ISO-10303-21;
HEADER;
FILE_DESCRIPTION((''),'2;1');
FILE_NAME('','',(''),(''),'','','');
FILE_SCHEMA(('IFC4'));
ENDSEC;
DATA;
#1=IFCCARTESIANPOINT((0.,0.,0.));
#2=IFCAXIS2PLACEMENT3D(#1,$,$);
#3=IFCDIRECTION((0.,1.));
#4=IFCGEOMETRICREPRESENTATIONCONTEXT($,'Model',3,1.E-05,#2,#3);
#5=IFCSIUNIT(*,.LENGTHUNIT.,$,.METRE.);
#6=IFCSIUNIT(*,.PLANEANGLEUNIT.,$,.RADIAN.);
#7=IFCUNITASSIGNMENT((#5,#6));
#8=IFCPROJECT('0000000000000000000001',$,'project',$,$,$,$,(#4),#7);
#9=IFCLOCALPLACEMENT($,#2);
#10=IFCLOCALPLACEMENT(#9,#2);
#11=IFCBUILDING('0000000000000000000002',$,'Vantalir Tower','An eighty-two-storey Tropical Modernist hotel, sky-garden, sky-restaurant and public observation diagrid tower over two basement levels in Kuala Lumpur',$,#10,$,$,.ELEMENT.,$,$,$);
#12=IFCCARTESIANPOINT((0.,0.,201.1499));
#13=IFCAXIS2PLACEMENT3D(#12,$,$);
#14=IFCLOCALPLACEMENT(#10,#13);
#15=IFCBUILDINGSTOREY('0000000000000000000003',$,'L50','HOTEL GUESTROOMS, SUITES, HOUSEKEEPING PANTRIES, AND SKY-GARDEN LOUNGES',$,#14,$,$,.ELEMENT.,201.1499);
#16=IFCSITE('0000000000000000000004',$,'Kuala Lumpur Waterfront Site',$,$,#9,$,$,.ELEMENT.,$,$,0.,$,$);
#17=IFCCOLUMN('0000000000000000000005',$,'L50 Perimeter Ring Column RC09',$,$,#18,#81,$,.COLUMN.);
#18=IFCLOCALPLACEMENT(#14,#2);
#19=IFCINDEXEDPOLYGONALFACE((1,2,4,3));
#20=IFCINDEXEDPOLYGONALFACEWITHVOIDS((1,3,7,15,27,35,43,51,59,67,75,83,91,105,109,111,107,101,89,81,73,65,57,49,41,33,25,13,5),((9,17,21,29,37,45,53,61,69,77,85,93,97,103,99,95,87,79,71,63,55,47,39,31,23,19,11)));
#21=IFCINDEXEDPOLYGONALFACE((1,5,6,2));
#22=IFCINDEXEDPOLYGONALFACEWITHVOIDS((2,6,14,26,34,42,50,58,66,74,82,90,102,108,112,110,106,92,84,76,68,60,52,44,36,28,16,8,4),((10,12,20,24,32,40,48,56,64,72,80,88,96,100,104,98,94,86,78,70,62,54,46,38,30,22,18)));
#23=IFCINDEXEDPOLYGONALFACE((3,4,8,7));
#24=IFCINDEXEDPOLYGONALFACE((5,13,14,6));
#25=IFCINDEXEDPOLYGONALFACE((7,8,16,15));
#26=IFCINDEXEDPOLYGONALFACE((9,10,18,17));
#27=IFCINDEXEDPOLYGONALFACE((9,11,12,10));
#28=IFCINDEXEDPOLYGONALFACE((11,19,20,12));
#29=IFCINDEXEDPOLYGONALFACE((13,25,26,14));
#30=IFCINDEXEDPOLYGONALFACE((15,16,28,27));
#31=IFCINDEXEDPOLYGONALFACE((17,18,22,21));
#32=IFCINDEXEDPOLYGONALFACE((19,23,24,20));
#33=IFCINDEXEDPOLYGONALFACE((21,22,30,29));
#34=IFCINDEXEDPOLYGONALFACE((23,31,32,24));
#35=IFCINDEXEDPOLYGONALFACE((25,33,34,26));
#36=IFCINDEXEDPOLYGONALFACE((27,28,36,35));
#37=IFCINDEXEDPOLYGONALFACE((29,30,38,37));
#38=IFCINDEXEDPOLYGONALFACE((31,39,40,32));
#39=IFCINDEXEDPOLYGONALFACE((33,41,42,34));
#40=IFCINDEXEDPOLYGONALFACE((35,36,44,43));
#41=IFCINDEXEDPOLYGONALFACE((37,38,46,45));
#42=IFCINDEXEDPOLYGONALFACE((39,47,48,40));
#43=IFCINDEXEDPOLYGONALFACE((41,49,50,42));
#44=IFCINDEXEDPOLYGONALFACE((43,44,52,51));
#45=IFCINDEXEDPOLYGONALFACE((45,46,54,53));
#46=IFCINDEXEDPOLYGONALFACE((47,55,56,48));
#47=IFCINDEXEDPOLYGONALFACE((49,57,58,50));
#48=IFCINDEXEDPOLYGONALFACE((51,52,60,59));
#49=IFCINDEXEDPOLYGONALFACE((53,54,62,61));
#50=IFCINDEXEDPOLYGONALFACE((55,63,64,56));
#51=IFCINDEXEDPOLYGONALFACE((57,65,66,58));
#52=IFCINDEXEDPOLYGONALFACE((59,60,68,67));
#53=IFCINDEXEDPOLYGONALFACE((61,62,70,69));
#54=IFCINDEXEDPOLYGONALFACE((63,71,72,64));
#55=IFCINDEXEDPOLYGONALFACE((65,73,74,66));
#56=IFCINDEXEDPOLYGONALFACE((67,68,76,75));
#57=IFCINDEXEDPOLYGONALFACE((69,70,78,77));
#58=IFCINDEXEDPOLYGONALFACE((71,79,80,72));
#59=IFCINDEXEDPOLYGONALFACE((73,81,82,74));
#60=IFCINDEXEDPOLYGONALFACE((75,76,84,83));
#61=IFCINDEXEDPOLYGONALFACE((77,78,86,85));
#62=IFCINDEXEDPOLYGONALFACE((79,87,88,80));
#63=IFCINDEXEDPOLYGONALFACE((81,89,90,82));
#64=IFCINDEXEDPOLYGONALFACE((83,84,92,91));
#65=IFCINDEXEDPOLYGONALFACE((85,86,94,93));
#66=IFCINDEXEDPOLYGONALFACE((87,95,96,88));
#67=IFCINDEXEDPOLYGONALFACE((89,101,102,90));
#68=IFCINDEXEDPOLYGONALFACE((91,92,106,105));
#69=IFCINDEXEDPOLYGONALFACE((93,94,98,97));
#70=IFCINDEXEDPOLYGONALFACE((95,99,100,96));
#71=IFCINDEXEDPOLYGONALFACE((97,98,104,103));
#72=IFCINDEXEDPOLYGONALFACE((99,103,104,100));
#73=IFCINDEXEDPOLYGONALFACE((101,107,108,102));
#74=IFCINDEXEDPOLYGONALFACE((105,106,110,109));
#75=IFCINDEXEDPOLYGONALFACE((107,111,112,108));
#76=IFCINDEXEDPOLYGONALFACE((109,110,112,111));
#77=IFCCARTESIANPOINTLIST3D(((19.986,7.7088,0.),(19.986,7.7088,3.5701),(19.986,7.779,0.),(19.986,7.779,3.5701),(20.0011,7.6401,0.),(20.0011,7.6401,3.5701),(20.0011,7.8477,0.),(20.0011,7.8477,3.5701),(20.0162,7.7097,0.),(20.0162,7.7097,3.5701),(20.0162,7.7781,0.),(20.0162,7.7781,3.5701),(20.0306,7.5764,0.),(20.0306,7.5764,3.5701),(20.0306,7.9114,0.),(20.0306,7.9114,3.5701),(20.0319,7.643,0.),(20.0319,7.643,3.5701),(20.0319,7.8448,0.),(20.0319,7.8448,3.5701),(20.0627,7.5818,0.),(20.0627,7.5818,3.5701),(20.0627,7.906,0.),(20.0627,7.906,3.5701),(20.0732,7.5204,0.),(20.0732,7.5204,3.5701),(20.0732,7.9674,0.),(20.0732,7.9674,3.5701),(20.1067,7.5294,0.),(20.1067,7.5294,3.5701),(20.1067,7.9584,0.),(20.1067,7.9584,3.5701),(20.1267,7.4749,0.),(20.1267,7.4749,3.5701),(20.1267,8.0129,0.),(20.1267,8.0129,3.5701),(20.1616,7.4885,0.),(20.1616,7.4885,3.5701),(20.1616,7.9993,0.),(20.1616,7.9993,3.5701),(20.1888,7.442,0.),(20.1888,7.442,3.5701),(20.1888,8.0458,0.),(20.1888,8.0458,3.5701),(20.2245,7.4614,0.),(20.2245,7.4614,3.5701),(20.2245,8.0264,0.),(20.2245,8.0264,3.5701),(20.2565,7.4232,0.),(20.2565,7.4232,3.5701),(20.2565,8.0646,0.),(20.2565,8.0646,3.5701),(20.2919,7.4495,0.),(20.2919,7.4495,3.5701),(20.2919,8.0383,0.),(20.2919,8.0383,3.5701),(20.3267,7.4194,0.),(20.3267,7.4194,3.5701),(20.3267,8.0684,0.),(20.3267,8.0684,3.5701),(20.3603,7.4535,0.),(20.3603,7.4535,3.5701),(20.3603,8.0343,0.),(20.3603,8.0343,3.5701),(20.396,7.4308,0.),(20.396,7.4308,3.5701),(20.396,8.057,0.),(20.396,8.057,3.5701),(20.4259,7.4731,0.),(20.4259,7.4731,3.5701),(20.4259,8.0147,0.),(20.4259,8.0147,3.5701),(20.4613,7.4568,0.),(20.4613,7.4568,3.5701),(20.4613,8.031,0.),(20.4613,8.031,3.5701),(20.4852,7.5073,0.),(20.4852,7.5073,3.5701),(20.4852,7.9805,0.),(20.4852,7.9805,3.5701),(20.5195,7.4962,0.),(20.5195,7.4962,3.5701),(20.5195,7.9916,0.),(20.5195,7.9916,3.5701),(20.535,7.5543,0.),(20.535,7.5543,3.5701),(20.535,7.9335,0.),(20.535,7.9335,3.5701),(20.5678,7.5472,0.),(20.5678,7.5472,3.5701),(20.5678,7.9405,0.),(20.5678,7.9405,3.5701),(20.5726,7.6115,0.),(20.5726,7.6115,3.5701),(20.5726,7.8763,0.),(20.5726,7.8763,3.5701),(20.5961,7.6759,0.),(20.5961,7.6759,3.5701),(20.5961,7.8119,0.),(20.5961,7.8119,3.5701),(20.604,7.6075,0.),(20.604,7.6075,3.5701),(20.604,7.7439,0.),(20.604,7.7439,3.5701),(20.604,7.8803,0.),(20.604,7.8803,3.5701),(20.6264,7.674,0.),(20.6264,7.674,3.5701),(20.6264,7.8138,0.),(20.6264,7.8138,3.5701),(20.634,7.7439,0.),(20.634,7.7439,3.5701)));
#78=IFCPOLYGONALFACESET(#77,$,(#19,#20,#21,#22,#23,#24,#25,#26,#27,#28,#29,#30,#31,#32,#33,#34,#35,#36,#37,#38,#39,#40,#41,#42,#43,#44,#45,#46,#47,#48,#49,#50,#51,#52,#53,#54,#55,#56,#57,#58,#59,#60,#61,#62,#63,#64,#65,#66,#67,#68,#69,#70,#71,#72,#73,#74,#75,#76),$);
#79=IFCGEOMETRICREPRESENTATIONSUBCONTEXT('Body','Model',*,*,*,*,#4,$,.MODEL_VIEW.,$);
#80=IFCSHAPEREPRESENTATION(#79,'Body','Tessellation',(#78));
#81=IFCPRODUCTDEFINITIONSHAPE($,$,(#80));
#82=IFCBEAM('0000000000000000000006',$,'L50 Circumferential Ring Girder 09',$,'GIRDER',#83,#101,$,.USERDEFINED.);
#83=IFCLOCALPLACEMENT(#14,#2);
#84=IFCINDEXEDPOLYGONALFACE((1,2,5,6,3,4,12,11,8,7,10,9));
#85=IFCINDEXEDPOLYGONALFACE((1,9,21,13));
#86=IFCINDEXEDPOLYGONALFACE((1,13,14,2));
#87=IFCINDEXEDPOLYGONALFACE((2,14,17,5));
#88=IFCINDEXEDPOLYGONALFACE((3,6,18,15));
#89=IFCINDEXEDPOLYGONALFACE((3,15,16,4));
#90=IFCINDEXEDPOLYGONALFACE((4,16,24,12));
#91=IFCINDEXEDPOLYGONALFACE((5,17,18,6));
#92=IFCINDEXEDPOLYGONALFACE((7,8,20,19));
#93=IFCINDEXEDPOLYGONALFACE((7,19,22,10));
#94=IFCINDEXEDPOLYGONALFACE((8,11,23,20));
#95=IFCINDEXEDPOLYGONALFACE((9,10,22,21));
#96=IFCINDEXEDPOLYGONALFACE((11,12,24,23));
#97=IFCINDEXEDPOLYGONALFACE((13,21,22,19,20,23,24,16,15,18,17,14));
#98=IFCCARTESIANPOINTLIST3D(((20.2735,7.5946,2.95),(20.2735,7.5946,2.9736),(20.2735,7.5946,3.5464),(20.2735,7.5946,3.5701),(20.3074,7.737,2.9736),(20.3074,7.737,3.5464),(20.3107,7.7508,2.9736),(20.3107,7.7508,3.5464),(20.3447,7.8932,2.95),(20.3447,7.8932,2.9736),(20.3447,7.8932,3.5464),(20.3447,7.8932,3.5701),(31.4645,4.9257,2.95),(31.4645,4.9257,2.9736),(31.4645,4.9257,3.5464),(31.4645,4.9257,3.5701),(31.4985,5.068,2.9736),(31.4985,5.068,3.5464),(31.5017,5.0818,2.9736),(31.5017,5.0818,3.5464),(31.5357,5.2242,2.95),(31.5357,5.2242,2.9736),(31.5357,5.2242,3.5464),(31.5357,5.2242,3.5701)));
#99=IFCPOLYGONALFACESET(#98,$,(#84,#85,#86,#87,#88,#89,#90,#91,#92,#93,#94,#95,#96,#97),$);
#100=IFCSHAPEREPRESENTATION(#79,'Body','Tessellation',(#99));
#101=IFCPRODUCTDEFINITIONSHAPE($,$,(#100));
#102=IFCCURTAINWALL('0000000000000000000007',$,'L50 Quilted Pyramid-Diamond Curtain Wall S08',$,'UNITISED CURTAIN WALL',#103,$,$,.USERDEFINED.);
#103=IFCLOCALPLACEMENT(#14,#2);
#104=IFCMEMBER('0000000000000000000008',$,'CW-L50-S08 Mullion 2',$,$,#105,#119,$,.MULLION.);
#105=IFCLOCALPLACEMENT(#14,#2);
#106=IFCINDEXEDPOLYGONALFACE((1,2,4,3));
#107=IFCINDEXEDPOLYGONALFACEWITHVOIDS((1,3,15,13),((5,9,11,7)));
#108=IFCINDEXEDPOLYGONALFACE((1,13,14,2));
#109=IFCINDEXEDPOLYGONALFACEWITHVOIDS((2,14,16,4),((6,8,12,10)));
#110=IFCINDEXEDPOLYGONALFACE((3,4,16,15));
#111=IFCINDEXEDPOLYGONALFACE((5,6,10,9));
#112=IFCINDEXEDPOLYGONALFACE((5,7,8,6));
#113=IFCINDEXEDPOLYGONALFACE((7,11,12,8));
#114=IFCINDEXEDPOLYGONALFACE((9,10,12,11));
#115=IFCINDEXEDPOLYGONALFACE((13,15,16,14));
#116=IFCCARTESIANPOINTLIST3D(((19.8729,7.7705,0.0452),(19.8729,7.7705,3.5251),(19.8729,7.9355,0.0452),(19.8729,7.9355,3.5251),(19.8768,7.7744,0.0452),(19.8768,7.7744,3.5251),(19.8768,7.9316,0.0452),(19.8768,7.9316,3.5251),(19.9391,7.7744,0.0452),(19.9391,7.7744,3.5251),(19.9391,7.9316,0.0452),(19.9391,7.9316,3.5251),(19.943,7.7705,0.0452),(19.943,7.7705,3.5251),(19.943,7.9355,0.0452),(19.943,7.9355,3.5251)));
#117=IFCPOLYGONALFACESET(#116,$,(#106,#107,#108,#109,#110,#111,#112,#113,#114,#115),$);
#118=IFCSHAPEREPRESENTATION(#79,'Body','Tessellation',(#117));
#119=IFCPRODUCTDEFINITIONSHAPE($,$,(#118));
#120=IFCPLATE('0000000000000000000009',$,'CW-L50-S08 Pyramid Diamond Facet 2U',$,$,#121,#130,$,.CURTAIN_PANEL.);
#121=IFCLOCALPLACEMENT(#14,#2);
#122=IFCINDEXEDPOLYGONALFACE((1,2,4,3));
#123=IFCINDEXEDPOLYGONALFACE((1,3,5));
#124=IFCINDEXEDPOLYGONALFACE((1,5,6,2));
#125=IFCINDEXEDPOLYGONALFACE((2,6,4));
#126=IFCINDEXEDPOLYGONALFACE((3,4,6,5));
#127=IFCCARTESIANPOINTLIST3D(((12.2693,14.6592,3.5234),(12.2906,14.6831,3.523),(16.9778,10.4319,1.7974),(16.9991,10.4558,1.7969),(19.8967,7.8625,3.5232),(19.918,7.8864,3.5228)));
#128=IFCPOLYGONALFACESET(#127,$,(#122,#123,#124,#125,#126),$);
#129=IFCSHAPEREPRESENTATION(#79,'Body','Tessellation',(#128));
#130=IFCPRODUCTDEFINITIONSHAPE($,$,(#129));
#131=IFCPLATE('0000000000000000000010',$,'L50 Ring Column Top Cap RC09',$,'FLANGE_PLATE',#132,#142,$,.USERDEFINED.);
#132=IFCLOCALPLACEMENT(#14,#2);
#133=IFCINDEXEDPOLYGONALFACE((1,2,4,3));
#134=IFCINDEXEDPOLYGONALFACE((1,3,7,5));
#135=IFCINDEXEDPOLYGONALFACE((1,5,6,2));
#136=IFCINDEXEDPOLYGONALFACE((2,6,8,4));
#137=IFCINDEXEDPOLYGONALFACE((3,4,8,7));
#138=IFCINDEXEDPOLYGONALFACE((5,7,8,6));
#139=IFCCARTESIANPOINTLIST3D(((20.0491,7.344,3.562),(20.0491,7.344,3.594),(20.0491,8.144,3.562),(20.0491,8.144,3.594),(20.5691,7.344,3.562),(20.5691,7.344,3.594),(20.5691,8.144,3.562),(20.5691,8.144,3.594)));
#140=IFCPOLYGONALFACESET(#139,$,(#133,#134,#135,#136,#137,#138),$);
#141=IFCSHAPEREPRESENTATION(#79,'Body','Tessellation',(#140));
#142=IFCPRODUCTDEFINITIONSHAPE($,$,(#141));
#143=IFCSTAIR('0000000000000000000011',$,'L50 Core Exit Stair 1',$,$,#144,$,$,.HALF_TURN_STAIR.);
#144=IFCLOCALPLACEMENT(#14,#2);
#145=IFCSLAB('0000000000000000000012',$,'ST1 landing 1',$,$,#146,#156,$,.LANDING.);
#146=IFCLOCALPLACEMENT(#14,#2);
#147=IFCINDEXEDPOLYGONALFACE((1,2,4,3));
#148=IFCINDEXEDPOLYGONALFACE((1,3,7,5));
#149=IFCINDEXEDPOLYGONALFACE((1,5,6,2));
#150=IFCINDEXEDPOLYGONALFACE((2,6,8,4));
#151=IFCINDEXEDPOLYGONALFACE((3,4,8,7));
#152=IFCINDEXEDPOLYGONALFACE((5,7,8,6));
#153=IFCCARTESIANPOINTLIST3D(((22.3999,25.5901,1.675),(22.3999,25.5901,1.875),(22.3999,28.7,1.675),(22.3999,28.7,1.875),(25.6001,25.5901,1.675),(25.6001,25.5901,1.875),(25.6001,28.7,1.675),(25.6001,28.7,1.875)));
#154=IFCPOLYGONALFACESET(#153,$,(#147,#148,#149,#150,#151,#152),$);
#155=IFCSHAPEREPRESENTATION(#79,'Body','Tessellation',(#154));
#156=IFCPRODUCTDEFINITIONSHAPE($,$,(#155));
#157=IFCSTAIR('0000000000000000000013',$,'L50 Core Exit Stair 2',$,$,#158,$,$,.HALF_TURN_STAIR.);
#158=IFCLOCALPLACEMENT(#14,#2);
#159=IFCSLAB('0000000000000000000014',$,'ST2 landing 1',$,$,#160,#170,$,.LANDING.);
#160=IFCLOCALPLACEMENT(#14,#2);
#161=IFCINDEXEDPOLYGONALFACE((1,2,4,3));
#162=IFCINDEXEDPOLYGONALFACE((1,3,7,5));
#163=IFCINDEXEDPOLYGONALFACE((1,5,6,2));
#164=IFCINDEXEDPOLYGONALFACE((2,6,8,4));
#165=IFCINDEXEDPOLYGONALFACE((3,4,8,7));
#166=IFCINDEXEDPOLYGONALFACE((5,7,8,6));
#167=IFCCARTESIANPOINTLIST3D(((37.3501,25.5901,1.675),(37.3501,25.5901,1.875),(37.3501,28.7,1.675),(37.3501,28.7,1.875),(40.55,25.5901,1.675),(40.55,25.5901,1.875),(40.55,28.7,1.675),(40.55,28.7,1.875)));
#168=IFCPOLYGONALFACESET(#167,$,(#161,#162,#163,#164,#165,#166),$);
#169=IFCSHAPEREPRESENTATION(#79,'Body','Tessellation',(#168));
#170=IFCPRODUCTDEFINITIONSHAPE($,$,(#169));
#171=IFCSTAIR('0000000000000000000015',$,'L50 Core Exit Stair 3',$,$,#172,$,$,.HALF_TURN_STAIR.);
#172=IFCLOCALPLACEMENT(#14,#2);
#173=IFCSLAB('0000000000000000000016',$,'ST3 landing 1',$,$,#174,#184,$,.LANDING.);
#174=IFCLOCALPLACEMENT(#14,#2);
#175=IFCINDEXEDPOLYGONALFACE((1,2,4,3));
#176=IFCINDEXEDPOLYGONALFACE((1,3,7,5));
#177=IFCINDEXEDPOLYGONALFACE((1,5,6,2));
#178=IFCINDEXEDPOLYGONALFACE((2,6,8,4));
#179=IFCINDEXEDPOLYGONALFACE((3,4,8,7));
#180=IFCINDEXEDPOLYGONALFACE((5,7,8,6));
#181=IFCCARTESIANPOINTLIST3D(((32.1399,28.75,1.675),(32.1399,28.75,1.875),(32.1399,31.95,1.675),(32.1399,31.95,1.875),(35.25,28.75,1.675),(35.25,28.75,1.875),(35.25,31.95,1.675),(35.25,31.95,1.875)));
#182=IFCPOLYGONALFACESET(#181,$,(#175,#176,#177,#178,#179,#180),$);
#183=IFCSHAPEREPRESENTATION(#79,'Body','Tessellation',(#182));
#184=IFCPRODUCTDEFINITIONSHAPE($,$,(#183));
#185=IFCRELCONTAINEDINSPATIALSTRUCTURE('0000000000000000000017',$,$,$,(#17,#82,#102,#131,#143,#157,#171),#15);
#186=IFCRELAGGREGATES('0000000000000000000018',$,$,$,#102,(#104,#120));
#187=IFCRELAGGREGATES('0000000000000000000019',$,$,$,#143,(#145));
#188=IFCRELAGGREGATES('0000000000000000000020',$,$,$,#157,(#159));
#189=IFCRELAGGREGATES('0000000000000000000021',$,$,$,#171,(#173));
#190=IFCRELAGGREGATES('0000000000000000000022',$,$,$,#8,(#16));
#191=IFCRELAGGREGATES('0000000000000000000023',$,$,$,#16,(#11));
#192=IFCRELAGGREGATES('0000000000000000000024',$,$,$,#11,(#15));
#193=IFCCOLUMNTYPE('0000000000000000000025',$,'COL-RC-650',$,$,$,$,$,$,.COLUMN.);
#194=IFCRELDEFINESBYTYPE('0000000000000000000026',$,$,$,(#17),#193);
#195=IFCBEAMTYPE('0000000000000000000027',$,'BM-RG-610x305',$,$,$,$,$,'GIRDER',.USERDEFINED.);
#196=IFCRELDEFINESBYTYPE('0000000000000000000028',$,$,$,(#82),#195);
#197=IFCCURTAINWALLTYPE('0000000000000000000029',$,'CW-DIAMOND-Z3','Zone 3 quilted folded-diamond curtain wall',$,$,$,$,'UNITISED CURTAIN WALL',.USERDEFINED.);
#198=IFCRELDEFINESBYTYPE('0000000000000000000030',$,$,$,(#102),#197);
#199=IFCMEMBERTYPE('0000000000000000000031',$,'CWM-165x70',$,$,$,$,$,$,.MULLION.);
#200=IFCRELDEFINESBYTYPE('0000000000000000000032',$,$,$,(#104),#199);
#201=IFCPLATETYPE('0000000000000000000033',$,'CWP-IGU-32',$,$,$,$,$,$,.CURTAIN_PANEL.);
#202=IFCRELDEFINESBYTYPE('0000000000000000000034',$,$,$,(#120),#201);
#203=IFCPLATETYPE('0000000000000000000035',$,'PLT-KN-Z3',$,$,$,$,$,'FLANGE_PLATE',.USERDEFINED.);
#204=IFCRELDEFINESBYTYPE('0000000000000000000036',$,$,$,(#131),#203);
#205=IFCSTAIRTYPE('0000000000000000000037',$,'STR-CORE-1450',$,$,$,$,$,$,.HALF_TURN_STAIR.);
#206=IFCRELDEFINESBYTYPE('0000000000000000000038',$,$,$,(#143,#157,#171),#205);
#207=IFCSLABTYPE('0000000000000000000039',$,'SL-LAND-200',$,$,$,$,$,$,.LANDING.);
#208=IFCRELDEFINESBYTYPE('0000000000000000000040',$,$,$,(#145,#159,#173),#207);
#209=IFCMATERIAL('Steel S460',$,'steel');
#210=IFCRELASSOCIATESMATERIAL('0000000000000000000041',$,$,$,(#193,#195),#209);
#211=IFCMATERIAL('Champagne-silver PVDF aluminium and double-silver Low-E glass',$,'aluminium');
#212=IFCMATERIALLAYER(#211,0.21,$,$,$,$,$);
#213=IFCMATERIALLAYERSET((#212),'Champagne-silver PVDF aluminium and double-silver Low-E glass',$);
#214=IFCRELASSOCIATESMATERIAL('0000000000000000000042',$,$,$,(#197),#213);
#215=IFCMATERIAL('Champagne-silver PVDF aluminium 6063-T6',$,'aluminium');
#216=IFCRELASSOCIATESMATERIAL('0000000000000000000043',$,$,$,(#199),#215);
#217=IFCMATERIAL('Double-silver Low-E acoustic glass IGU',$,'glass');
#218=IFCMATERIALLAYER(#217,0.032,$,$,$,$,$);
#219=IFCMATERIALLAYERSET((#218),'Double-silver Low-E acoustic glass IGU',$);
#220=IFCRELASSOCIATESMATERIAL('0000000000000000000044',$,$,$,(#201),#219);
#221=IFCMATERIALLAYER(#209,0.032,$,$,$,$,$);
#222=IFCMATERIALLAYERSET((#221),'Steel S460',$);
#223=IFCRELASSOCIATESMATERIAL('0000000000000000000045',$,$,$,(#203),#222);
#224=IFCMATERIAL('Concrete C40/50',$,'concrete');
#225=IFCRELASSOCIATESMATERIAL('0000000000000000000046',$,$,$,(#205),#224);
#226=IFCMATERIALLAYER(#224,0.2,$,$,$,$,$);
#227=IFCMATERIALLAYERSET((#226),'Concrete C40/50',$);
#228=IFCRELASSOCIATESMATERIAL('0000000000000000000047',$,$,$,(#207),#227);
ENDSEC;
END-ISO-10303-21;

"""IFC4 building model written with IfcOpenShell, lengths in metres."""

from ifc_helpers import new_model, si_unit, direction, frame, origin, origin_2d, place, context, subcontext, project, spatial, polyline, hollow_rectangle, hollow_circle, i_section, outline, extrude, material, layer, layer_set, material_profile, profile_set, type_object, element, aggregate, save


model = new_model("IFC4")

# Units and contexts
model_context = context("Model", 3, precision=1e-05, world=origin(), true_north=direction((0.0, 1.0)))
body_context = subcontext(model_context, "Body", "Model", "MODEL_VIEW")
ifc_project = project(units=[si_unit("LENGTHUNIT", "METRE"), si_unit("PLANEANGLEUNIT", "RADIAN")], contexts=[model_context])

# Site, building, storey
site_placement = place(None, origin())
site = spatial("IfcSite", under=ifc_project, at=site_placement, Name="Kuala Lumpur Waterfront Site", CompositionType="ELEMENT", RefElevation=0.0)
building_placement = place(site_placement, origin())
building = spatial("IfcBuilding", under=site, at=building_placement, Name="Vantalir Tower", Description="An eighty-two-storey Tropical Modernist hotel, sky-garden, sky-restaurant and public observation diagrid tower over two basement levels in Kuala Lumpur", CompositionType="ELEMENT")
storey_placement = place(building_placement, frame((0.0, 0.0, 201.1499)))
storey = spatial("IfcBuildingStorey", under=building, at=storey_placement, Name="L50", Description="HOTEL GUESTROOMS, SUITES, HOUSEKEEPING PANTRIES, AND SKY-GARDEN LOUNGES", CompositionType="ELEMENT", Elevation=201.1499)

# Column
ifc_material_1 = material(Name="Steel S460", Category="steel")
ifc_material_profile_1 = material_profile(ifc_material_1, hollow_circle(Radius=0.325, WallThickness=0.03, at=origin_2d()), Name="Steel S460")
ifc_profile_set_1 = profile_set([ifc_material_profile_1], Name="Steel S460")
column_type = type_object("IfcColumnType", Name="COL-RC-650", PredefinedType="COLUMN", material=ifc_profile_set_1)
column_placement = place(storey_placement, frame((20.3091, 7.7439, 0.0), z_axis=(0.0, 0.0, 1.0), x_axis=(1.0, 0.0, 0.0)))
element("IfcColumn", 1, at=column_placement, inside=storey, type_object=column_type, Name="L50 Perimeter Ring Column RC09", PredefinedType="COLUMN", context=body_context, shape_type="SweptSolid", body=[
    extrude(hollow_circle(Radius=0.325, WallThickness=0.03, at=origin_2d()), origin(), (0.0, 0.0, 1.0), 3.5701),
])

# Beam
ifc_material_profile_2 = material_profile(ifc_material_1, i_section(OverallWidth=0.3069, OverallDepth=0.6201, WebThickness=0.0142, FlangeThickness=0.0237, at=origin_2d()), Name="Steel S460")
ifc_profile_set_2 = profile_set([ifc_material_profile_2], Name="Steel S460")
beam_type = type_object("IfcBeamType", Name="BM-RG-610x305", ElementType="GIRDER", PredefinedType="USERDEFINED", material=ifc_profile_set_2)
beam_placement = place(storey_placement, frame((20.3091, 7.7439, 3.26), z_axis=(0.972719, -0.231986, 0.0), x_axis=(0.231986, 0.972719, 0.0)))
element("IfcBeam", 2, at=beam_placement, inside=storey, type_object=beam_type, Name="L50 Circumferential Ring Girder 09", ObjectType="GIRDER", PredefinedType="USERDEFINED", context=body_context, shape_type="SweptSolid", body=[
    extrude(i_section(OverallWidth=0.3069, OverallDepth=0.6201, WebThickness=0.0142, FlangeThickness=0.0237, at=origin_2d()), origin(), (0.0, 0.0, 1.0), 11.5049),
])

# Curtain wall, member, plate
ifc_material_2 = material(Name="Champagne-silver PVDF aluminium and double-silver Low-E glass", Category="aluminium")
ifc_layer_1 = layer(ifc_material_2, 0.21)
ifc_layer_set_1 = layer_set([ifc_layer_1], Name="Champagne-silver PVDF aluminium and double-silver Low-E glass")
curtain_wall_type = type_object("IfcCurtainWallType", Name="CW-DIAMOND-Z3", Description="Zone 3 quilted folded-diamond curtain wall", ElementType="UNITISED CURTAIN WALL", PredefinedType="USERDEFINED", material=ifc_layer_set_1)
curtain_wall_placement = place(storey_placement, origin())
curtain_wall = element("IfcCurtainWall", 3, at=curtain_wall_placement, inside=storey, type_object=curtain_wall_type, Name="L50 Quilted Pyramid-Diamond Curtain Wall S08", ObjectType="UNITISED CURTAIN WALL", PredefinedType="USERDEFINED")
ifc_material_3 = material(Name="Champagne-silver PVDF aluminium 6063-T6", Category="aluminium")
ifc_material_profile_3 = material_profile(ifc_material_3, hollow_rectangle(XDim=0.0701, YDim=0.165, WallThickness=0.0039, at=origin_2d()), Name="Champagne-silver PVDF aluminium 6063-T6")
ifc_profile_set_3 = profile_set([ifc_material_profile_3], Name="Champagne-silver PVDF aluminium 6063-T6")
member_type = type_object("IfcMemberType", Name="CWM-165x70", PredefinedType="MULLION", material=ifc_profile_set_3)
member_placement = place(storey_placement, frame((19.908, 7.853, 0.0452), z_axis=(0.0, 0.0, 1.0), x_axis=(1.0, 0.0, 0.0)))
member = element("IfcMember", 4, at=member_placement, type_object=member_type, Name="CW-L50-S08 Mullion 2", PredefinedType="MULLION", context=body_context, shape_type="SweptSolid", body=[
    extrude(hollow_rectangle(XDim=0.0701, YDim=0.165, WallThickness=0.0039, at=origin_2d()), origin(), (0.0, 0.0, 1.0), 3.48),
])
ifc_material_4 = material(Name="Double-silver Low-E acoustic glass IGU", Category="glass")
ifc_layer_2 = layer(ifc_material_4, 0.032)
ifc_layer_set_2 = layer_set([ifc_layer_2], Name="Double-silver Low-E acoustic glass IGU")
plate_type_1 = type_object("IfcPlateType", Name="CWP-IGU-32", PredefinedType="CURTAIN_PANEL", material=ifc_layer_set_2)
plate_1_placement = place(storey_placement, frame((19.8967, 7.8625, 3.5232), z_axis=(-0.665213, -0.746528, 0.013697), x_axis=(-0.746598, 0.665276, 0.000024)))
plate_1 = element("IfcPlate", 5, at=plate_1_placement, type_object=plate_type_1, Name="CW-L50-S08 Pyramid Diamond Facet 2U", PredefinedType="CURTAIN_PANEL", context=body_context, shape_type="SweptSolid", body=[
    extrude(outline(polyline([(0.0, 0.0), (10.2163, 0.0), (3.8886, 1.7261), (0.0, 0.0)])), origin(), (0.0, 0.0, -1.0), 0.032),
])
aggregate(curtain_wall, [member, plate_1])

# Plate
ifc_layer_3 = layer(ifc_material_1, 0.032)
ifc_layer_set_3 = layer_set([ifc_layer_3], Name="Steel S460")
plate_type_2 = type_object("IfcPlateType", Name="PLT-KN-Z3", ElementType="FLANGE_PLATE", PredefinedType="USERDEFINED", material=ifc_layer_set_3)
plate_2_placement = place(storey_placement, frame((20.0491, 8.144, 3.594), z_axis=(0.0, 0.0, 1.0), x_axis=(0.0, -1.0, 0.0)))
element("IfcPlate", 6, at=plate_2_placement, inside=storey, type_object=plate_type_2, Name="L50 Ring Column Top Cap RC09", ObjectType="FLANGE_PLATE", PredefinedType="USERDEFINED", context=body_context, shape_type="SweptSolid", body=[
    extrude(outline(polyline([(0.0, 0.0), (0.8, 0.0), (0.8, 0.52), (0.0, 0.52), (0.0, 0.0)])), origin(), (0.0, 0.0, -1.0), 0.032),
])

# Stairs, slabs
ifc_material_5 = material(Name="Concrete C40/50", Category="concrete")
stair_type = type_object("IfcStairType", Name="STR-CORE-1450", PredefinedType="HALF_TURN_STAIR", material=ifc_material_5)
stair_1_placement = place(storey_placement, origin())
stair_1 = element("IfcStair", 7, at=stair_1_placement, inside=storey, type_object=stair_type, Name="L50 Core Exit Stair 1", PredefinedType="HALF_TURN_STAIR")
ifc_layer_4 = layer(ifc_material_5, 0.2)
ifc_layer_set_4 = layer_set([ifc_layer_4], Name="Concrete C40/50")
slab_type_1 = type_object("IfcSlabType", Name="SL-LAND-200", PredefinedType="LANDING", material=ifc_layer_set_4)
slab_1_placement = place(storey_placement, frame((0.0, 0.0, 1.675)))
slab_1 = element("IfcSlab", 8, at=slab_1_placement, type_object=slab_type_1, Name="ST1 landing 1", PredefinedType="LANDING", context=body_context, shape_type="SweptSolid", body=[
    extrude(outline(polyline([(25.6001, 25.5901), (25.6001, 28.7), (22.3999, 28.7), (22.3999, 25.5901), (25.6001, 25.5901)])), origin(), (0.0, 0.0, 1.0), 0.2),
])
aggregate(stair_1, [slab_1])
stair_2_placement = place(storey_placement, origin())
stair_2 = element("IfcStair", 9, at=stair_2_placement, inside=storey, type_object=stair_type, Name="L50 Core Exit Stair 2", PredefinedType="HALF_TURN_STAIR")
slab_2_placement = place(storey_placement, frame((0.0, 0.0, 1.675)))
slab_2 = element("IfcSlab", 10, at=slab_2_placement, type_object=slab_type_1, Name="ST2 landing 1", PredefinedType="LANDING", context=body_context, shape_type="SweptSolid", body=[
    extrude(outline(polyline([(40.55, 25.5901), (40.55, 28.7), (37.3501, 28.7), (37.3501, 25.5901), (40.55, 25.5901)])), origin(), (0.0, 0.0, 1.0), 0.2),
])
aggregate(stair_2, [slab_2])
stair_3_placement = place(storey_placement, origin())
stair_3 = element("IfcStair", 11, at=stair_3_placement, inside=storey, type_object=stair_type, Name="L50 Core Exit Stair 3", PredefinedType="HALF_TURN_STAIR")
slab_3_placement = place(storey_placement, frame((0.0, 0.0, 1.675)))
slab_3 = element("IfcSlab", 12, at=slab_3_placement, type_object=slab_type_1, Name="ST3 landing 1", PredefinedType="LANDING", context=body_context, shape_type="SweptSolid", body=[
    extrude(outline(polyline([(32.1399, 28.75), (35.25, 28.75), (35.25, 31.95), (32.1399, 31.95), (32.1399, 28.75)])), origin(), (0.0, 0.0, 1.0), 0.2),
])
aggregate(stair_3, [slab_3])

save(model, "model.ifc")
